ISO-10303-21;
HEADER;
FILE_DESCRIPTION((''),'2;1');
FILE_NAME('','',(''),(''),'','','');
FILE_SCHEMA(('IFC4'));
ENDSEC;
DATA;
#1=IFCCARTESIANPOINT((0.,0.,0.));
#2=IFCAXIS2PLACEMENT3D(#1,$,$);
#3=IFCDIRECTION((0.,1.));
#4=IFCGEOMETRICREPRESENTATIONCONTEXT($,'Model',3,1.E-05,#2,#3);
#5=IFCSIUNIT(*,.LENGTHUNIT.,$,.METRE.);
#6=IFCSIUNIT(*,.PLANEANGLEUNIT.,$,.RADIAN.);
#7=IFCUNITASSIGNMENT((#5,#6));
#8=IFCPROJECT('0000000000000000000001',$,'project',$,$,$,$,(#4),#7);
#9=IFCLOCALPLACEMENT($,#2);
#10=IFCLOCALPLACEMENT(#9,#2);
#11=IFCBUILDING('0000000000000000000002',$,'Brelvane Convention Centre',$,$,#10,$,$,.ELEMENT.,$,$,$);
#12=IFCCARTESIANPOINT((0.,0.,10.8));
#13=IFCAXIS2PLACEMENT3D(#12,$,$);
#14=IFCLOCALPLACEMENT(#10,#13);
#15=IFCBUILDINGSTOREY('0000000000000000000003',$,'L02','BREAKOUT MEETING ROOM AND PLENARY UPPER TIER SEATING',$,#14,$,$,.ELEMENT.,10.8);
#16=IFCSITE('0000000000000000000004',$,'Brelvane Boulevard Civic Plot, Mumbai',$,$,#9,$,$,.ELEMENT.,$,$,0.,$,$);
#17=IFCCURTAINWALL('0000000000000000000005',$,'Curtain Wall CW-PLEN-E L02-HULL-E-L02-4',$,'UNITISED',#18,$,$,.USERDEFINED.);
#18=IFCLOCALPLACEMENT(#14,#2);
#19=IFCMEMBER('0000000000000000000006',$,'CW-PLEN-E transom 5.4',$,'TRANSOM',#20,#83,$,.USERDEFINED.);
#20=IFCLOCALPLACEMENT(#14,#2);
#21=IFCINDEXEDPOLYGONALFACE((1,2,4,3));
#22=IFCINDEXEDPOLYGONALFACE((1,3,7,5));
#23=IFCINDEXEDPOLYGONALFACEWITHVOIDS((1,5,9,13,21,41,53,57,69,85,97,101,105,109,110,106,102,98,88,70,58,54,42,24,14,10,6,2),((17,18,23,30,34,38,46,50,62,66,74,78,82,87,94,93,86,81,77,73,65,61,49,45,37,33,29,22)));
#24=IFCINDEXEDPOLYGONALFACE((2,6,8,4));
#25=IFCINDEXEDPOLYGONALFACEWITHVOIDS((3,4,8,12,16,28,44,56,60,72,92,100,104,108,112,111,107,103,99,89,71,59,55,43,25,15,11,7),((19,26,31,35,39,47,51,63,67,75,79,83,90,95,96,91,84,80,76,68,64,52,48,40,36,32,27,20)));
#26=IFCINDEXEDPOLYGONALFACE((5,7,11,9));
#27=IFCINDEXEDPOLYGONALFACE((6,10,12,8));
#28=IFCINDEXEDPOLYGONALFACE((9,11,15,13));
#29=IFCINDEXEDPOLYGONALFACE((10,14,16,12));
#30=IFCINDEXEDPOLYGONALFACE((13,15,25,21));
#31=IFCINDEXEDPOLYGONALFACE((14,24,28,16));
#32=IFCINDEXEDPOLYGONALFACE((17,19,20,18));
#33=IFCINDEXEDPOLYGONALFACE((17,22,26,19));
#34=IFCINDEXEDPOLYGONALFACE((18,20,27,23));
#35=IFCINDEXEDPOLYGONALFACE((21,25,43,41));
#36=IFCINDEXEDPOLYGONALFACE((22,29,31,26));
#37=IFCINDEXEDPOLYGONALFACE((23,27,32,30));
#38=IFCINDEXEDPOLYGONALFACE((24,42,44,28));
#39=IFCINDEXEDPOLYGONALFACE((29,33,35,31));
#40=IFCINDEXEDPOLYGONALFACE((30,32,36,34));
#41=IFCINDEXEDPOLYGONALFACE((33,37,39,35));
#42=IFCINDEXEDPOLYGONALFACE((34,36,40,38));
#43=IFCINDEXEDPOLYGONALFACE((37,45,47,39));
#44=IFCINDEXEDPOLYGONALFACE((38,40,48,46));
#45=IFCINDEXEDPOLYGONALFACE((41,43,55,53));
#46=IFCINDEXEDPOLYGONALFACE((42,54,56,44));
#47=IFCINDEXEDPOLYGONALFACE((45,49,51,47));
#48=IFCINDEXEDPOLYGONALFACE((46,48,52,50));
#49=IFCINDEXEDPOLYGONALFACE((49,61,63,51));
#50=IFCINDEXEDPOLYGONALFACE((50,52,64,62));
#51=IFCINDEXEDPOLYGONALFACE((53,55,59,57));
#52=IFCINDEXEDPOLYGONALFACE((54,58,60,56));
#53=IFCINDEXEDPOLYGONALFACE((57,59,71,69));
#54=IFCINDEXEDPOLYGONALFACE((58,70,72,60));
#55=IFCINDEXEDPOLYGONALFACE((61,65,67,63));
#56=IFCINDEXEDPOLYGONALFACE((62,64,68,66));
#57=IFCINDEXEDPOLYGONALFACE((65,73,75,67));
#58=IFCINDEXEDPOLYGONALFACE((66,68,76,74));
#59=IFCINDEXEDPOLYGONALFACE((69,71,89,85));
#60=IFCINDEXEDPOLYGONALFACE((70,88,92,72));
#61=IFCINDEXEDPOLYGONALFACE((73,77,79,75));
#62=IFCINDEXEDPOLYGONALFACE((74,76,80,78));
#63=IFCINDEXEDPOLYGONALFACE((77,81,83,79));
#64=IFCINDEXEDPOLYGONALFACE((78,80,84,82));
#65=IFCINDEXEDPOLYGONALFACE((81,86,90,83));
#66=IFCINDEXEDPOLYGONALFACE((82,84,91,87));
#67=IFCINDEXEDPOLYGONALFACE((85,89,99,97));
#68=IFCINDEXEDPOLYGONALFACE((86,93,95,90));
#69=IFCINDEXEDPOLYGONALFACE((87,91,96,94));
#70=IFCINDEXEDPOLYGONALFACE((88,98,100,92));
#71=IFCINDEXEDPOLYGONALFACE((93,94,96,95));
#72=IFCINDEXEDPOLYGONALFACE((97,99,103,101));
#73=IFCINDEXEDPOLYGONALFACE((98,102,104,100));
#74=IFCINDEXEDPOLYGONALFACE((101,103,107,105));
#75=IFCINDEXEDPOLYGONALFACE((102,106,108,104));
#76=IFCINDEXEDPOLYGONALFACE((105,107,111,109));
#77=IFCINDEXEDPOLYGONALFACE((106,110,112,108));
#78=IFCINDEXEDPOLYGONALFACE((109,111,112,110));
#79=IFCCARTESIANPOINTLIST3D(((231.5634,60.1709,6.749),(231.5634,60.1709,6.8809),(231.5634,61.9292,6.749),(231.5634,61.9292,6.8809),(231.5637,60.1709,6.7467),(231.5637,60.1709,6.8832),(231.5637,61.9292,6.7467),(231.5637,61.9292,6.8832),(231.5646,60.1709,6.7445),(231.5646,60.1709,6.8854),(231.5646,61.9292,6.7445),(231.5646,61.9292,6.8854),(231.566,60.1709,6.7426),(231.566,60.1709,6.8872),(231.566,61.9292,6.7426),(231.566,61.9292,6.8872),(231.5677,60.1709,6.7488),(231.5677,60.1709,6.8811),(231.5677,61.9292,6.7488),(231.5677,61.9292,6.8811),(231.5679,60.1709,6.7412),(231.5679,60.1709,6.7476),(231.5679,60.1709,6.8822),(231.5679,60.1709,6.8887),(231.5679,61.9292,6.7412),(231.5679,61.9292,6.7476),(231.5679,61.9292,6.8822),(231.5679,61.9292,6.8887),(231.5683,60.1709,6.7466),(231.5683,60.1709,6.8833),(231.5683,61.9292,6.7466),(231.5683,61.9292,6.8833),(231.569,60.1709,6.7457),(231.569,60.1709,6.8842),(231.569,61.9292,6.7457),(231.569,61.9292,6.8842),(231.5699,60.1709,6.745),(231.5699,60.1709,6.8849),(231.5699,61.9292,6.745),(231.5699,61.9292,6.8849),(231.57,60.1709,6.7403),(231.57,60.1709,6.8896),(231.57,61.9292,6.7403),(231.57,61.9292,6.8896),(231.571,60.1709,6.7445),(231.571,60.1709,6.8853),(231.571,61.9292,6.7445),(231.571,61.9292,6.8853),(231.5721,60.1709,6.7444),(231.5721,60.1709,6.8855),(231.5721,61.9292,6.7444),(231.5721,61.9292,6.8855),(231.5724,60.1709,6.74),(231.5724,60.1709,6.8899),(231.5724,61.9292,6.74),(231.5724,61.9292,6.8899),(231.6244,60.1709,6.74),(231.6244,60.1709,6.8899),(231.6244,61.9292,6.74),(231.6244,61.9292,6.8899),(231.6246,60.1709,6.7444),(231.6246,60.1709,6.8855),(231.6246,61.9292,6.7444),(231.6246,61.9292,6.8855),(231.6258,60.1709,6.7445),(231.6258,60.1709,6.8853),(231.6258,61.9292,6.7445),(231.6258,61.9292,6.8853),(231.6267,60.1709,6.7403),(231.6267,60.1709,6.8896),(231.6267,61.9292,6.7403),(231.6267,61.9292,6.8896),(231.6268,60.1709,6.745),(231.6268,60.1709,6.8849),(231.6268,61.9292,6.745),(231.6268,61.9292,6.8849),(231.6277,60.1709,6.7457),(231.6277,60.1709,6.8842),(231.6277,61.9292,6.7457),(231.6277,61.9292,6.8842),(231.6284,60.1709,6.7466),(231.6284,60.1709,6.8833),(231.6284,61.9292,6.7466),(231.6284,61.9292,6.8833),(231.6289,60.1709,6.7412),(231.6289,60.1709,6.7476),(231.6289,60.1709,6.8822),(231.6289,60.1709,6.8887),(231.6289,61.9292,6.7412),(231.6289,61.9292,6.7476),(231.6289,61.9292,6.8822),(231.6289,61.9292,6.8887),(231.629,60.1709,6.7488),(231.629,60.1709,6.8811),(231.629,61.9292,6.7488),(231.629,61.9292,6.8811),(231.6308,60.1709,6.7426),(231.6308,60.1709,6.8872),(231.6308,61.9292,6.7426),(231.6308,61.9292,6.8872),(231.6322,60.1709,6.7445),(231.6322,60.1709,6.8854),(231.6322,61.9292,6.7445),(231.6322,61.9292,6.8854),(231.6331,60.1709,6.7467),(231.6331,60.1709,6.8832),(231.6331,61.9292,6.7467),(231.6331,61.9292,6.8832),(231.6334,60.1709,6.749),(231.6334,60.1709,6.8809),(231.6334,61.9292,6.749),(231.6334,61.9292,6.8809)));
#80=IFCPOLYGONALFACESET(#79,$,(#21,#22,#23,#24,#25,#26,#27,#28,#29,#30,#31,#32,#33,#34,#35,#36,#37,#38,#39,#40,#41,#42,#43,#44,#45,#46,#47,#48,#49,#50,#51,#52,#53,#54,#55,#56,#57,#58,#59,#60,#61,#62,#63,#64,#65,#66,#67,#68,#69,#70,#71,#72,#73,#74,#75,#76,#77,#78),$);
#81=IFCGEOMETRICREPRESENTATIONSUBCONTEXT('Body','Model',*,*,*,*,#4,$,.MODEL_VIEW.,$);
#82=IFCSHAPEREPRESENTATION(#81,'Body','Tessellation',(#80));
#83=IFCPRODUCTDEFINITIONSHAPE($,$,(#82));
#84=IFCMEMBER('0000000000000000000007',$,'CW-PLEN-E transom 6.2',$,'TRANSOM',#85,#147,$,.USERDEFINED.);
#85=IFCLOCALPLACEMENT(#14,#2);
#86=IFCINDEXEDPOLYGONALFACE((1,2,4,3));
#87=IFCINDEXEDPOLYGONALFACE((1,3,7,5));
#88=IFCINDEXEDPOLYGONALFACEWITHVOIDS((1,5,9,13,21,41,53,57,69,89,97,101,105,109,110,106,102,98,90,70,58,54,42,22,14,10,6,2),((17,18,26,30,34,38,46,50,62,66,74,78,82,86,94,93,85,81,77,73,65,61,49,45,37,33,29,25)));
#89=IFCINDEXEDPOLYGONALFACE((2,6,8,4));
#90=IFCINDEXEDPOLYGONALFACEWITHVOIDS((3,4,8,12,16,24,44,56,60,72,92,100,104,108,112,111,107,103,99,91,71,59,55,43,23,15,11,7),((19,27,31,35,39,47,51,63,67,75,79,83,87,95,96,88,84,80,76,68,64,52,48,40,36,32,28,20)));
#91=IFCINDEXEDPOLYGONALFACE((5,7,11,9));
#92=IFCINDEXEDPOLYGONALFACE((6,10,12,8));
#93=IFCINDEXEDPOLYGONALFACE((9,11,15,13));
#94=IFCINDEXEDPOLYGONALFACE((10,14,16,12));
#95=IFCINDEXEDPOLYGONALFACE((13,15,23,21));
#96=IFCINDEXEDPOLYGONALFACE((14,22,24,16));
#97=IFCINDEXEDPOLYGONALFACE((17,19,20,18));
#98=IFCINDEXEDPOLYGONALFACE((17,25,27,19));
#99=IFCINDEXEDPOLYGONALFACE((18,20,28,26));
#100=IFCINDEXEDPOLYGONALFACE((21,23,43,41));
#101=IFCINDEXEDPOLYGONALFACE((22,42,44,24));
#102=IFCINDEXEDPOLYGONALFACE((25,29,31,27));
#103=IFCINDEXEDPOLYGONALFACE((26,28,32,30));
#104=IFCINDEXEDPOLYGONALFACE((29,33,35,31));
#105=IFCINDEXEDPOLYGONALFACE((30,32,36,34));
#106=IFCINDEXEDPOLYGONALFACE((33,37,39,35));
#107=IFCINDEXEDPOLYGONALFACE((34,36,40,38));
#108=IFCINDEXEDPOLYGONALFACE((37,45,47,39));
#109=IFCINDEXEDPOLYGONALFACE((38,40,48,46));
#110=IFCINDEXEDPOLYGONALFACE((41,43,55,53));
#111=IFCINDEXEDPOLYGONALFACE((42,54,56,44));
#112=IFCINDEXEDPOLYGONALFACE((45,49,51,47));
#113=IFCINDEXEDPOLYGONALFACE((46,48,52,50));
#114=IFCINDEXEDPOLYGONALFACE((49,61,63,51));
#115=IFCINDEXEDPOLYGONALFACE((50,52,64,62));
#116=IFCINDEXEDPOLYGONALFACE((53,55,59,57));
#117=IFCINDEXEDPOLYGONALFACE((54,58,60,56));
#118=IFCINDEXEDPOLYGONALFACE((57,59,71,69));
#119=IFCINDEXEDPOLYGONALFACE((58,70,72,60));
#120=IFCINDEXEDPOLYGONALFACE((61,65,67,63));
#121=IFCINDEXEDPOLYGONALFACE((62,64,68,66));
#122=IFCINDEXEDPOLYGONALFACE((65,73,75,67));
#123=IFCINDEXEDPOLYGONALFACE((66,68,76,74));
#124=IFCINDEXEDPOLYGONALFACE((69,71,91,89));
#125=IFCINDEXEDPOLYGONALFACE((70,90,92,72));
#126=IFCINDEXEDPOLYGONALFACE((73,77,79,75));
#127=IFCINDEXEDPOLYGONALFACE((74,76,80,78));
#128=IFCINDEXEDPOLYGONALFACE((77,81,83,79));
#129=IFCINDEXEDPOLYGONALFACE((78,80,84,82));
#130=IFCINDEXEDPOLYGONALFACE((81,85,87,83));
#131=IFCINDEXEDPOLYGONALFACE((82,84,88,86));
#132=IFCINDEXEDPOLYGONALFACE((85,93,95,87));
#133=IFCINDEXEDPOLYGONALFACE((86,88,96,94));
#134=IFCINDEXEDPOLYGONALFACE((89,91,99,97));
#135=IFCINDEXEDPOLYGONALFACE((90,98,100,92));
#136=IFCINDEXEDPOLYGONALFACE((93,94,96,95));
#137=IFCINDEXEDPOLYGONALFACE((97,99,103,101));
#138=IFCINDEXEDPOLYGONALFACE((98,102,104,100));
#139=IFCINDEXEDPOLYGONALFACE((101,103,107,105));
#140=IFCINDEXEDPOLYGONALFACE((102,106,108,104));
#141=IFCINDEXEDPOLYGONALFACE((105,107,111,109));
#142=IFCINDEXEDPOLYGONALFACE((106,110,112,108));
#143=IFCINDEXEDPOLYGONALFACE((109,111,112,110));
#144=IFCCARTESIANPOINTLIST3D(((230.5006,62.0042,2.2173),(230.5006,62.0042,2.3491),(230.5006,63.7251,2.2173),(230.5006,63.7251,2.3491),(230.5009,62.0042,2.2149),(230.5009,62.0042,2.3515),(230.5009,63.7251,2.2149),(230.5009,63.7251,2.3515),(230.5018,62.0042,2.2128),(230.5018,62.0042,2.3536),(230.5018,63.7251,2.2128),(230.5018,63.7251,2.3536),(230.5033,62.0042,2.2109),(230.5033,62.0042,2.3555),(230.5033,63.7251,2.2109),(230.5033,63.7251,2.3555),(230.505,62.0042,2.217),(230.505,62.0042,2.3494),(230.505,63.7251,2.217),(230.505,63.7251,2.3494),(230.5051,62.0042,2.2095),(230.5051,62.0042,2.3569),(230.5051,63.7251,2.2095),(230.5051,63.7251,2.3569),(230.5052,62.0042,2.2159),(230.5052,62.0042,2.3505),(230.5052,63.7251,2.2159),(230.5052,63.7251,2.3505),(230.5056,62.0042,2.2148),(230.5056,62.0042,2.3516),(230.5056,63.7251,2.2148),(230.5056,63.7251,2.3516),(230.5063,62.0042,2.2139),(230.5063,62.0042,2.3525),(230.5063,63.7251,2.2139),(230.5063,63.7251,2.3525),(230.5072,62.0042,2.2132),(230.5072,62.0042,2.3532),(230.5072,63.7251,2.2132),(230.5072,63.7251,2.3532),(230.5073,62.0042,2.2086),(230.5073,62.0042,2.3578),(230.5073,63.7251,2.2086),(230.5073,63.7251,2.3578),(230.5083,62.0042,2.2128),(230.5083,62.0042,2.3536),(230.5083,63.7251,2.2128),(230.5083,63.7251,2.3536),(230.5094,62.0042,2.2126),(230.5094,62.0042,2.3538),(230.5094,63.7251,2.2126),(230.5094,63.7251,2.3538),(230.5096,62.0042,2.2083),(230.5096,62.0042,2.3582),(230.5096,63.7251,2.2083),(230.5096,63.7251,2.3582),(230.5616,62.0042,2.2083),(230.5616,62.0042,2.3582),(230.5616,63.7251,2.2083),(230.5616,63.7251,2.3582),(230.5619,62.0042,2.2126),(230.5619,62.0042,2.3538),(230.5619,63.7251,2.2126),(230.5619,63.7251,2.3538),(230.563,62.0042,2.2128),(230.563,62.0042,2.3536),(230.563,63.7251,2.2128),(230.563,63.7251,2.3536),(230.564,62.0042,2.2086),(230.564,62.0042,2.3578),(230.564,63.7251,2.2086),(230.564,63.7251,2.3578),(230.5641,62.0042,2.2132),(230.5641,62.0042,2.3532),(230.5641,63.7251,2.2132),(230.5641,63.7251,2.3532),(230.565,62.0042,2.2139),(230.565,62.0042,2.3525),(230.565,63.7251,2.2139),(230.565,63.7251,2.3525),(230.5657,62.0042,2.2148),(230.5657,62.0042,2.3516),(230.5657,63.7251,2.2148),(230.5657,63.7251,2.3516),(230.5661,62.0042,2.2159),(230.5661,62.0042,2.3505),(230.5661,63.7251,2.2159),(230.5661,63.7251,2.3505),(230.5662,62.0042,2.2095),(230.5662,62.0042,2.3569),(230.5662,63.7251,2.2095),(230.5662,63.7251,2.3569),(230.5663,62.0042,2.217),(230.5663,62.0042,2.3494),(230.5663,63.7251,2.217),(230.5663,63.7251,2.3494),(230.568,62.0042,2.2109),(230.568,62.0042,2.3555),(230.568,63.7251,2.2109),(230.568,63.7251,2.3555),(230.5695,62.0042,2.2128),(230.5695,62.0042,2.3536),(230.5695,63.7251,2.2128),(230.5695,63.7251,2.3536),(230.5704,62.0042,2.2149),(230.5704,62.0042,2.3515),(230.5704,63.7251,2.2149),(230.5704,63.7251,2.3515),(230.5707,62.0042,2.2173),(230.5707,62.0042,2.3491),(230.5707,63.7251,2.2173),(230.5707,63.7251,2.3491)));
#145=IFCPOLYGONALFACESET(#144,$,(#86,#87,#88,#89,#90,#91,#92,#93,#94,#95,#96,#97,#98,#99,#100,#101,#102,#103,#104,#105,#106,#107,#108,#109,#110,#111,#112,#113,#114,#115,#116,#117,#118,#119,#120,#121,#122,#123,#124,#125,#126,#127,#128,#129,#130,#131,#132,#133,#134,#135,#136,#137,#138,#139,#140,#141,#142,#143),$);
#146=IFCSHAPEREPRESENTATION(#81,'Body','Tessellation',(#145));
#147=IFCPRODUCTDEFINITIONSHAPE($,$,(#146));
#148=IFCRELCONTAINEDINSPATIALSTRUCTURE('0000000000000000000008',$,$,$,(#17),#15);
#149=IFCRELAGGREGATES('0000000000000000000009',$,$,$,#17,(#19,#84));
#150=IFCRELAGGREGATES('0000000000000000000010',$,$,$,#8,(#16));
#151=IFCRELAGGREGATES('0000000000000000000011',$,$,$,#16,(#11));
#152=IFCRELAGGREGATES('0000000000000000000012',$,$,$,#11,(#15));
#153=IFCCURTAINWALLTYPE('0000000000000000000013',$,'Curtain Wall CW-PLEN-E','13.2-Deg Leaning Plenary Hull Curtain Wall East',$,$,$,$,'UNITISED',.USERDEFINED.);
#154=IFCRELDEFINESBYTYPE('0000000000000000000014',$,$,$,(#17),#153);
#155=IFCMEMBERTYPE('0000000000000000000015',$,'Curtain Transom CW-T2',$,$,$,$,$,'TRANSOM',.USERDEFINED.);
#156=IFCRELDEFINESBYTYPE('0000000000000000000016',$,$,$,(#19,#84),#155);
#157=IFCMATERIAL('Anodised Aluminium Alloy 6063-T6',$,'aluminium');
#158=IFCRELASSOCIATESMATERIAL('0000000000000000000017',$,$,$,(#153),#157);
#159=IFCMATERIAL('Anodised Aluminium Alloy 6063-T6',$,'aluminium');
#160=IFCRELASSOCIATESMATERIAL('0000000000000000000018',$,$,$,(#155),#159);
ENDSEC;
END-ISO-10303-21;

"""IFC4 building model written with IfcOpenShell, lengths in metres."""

from ifc_helpers import new_model, si_unit, direction, frame, origin, origin_2d, place, context, subcontext, project, spatial, hollow_rectangle, extrude, material, material_profile, profile_set, type_object, element, aggregate, save


model = new_model("IFC4")

# Units and contexts
model_context = context("Model", 3, precision=1e-05, world=origin(), true_north=direction((0.0, 1.0)))
body_context = subcontext(model_context, "Body", "Model", "MODEL_VIEW")
ifc_project = project(units=[si_unit("LENGTHUNIT", "METRE"), si_unit("PLANEANGLEUNIT", "RADIAN")], contexts=[model_context])

# Site, building, storey
site_placement = place(None, origin())
site = spatial("IfcSite", under=ifc_project, at=site_placement, Name="Brelvane Boulevard Civic Plot, Mumbai", CompositionType="ELEMENT", RefElevation=0.0)
building_placement = place(site_placement, origin())
building = spatial("IfcBuilding", under=site, at=building_placement, Name="Brelvane Convention Centre", CompositionType="ELEMENT")
storey_placement = place(building_placement, frame((0.0, 0.0, 10.8)))
storey = spatial("IfcBuildingStorey", under=building, at=storey_placement, Name="L02", Description="BREAKOUT MEETING ROOM AND PLENARY UPPER TIER SEATING", CompositionType="ELEMENT", Elevation=10.8)

# Curtain wall, members
ifc_material_1 = material(Name="Anodised Aluminium Alloy 6063-T6", Category="aluminium")
curtain_wall_type = type_object("IfcCurtainWallType", Name="Curtain Wall CW-PLEN-E", Description="13.2-Deg Leaning Plenary Hull Curtain Wall East", ElementType="UNITISED", PredefinedType="USERDEFINED", material=ifc_material_1)
curtain_wall_1_placement = place(storey_placement, origin())
curtain_wall_1 = element("IfcCurtainWall", 1, at=curtain_wall_1_placement, inside=storey, type_object=curtain_wall_type, Name="Curtain Wall CW-PLEN-E L02-HULL-E-L02-4", ObjectType="UNITISED", PredefinedType="USERDEFINED")
ifc_material_2 = material(Name="Anodised Aluminium Alloy 6063-T6", Category="aluminium")
ifc_material_profile = material_profile(ifc_material_2, hollow_rectangle(XDim=0.0701, YDim=0.1499, WallThickness=0.0044, InnerFilletRadius=0.0044, OuterFilletRadius=0.009, at=origin_2d()), Name="ALU-T 150x70x4.5")
ifc_profile_set = profile_set([ifc_material_profile], Name="Anodised Aluminium Alloy 6063-T6")
member_type = type_object("IfcMemberType", Name="Curtain Transom CW-T2", ElementType="TRANSOM", PredefinedType="USERDEFINED", material=ifc_profile_set)
member_1_placement = place(storey_placement, frame((231.5984, 60.1709, 6.8149), z_axis=(0.0, 1.0, 0.0), x_axis=(-1.0, 0.0, 0.0)))
member_1 = element("IfcMember", 2, at=member_1_placement, type_object=member_type, Name="CW-PLEN-E transom 5.4", ObjectType="TRANSOM", PredefinedType="USERDEFINED", context=body_context, shape_type="SweptSolid", body=[
    extrude(hollow_rectangle(XDim=0.0701, YDim=0.1499, WallThickness=0.0044, InnerFilletRadius=0.0044, OuterFilletRadius=0.009, at=origin_2d()), origin(), (0.0, 0.0, 1.0), 1.7583),
])
member_2_placement = place(storey_placement, frame((230.5356, 62.0042, 2.2832), z_axis=(0.0, 1.0, 0.0), x_axis=(-1.0, 0.0, 0.0)))
member_2 = element("IfcMember", 3, at=member_2_placement, type_object=member_type, Name="CW-PLEN-E transom 6.2", ObjectType="TRANSOM", PredefinedType="USERDEFINED", context=body_context, shape_type="SweptSolid", body=[
    extrude(hollow_rectangle(XDim=0.0701, YDim=0.1499, WallThickness=0.0044, InnerFilletRadius=0.0044, OuterFilletRadius=0.009, at=origin_2d()), origin(), (0.0, 0.0, 1.0), 1.7209),
])

aggregate(curtain_wall_1, [member_1, member_2])

save(model, "model.ifc")
